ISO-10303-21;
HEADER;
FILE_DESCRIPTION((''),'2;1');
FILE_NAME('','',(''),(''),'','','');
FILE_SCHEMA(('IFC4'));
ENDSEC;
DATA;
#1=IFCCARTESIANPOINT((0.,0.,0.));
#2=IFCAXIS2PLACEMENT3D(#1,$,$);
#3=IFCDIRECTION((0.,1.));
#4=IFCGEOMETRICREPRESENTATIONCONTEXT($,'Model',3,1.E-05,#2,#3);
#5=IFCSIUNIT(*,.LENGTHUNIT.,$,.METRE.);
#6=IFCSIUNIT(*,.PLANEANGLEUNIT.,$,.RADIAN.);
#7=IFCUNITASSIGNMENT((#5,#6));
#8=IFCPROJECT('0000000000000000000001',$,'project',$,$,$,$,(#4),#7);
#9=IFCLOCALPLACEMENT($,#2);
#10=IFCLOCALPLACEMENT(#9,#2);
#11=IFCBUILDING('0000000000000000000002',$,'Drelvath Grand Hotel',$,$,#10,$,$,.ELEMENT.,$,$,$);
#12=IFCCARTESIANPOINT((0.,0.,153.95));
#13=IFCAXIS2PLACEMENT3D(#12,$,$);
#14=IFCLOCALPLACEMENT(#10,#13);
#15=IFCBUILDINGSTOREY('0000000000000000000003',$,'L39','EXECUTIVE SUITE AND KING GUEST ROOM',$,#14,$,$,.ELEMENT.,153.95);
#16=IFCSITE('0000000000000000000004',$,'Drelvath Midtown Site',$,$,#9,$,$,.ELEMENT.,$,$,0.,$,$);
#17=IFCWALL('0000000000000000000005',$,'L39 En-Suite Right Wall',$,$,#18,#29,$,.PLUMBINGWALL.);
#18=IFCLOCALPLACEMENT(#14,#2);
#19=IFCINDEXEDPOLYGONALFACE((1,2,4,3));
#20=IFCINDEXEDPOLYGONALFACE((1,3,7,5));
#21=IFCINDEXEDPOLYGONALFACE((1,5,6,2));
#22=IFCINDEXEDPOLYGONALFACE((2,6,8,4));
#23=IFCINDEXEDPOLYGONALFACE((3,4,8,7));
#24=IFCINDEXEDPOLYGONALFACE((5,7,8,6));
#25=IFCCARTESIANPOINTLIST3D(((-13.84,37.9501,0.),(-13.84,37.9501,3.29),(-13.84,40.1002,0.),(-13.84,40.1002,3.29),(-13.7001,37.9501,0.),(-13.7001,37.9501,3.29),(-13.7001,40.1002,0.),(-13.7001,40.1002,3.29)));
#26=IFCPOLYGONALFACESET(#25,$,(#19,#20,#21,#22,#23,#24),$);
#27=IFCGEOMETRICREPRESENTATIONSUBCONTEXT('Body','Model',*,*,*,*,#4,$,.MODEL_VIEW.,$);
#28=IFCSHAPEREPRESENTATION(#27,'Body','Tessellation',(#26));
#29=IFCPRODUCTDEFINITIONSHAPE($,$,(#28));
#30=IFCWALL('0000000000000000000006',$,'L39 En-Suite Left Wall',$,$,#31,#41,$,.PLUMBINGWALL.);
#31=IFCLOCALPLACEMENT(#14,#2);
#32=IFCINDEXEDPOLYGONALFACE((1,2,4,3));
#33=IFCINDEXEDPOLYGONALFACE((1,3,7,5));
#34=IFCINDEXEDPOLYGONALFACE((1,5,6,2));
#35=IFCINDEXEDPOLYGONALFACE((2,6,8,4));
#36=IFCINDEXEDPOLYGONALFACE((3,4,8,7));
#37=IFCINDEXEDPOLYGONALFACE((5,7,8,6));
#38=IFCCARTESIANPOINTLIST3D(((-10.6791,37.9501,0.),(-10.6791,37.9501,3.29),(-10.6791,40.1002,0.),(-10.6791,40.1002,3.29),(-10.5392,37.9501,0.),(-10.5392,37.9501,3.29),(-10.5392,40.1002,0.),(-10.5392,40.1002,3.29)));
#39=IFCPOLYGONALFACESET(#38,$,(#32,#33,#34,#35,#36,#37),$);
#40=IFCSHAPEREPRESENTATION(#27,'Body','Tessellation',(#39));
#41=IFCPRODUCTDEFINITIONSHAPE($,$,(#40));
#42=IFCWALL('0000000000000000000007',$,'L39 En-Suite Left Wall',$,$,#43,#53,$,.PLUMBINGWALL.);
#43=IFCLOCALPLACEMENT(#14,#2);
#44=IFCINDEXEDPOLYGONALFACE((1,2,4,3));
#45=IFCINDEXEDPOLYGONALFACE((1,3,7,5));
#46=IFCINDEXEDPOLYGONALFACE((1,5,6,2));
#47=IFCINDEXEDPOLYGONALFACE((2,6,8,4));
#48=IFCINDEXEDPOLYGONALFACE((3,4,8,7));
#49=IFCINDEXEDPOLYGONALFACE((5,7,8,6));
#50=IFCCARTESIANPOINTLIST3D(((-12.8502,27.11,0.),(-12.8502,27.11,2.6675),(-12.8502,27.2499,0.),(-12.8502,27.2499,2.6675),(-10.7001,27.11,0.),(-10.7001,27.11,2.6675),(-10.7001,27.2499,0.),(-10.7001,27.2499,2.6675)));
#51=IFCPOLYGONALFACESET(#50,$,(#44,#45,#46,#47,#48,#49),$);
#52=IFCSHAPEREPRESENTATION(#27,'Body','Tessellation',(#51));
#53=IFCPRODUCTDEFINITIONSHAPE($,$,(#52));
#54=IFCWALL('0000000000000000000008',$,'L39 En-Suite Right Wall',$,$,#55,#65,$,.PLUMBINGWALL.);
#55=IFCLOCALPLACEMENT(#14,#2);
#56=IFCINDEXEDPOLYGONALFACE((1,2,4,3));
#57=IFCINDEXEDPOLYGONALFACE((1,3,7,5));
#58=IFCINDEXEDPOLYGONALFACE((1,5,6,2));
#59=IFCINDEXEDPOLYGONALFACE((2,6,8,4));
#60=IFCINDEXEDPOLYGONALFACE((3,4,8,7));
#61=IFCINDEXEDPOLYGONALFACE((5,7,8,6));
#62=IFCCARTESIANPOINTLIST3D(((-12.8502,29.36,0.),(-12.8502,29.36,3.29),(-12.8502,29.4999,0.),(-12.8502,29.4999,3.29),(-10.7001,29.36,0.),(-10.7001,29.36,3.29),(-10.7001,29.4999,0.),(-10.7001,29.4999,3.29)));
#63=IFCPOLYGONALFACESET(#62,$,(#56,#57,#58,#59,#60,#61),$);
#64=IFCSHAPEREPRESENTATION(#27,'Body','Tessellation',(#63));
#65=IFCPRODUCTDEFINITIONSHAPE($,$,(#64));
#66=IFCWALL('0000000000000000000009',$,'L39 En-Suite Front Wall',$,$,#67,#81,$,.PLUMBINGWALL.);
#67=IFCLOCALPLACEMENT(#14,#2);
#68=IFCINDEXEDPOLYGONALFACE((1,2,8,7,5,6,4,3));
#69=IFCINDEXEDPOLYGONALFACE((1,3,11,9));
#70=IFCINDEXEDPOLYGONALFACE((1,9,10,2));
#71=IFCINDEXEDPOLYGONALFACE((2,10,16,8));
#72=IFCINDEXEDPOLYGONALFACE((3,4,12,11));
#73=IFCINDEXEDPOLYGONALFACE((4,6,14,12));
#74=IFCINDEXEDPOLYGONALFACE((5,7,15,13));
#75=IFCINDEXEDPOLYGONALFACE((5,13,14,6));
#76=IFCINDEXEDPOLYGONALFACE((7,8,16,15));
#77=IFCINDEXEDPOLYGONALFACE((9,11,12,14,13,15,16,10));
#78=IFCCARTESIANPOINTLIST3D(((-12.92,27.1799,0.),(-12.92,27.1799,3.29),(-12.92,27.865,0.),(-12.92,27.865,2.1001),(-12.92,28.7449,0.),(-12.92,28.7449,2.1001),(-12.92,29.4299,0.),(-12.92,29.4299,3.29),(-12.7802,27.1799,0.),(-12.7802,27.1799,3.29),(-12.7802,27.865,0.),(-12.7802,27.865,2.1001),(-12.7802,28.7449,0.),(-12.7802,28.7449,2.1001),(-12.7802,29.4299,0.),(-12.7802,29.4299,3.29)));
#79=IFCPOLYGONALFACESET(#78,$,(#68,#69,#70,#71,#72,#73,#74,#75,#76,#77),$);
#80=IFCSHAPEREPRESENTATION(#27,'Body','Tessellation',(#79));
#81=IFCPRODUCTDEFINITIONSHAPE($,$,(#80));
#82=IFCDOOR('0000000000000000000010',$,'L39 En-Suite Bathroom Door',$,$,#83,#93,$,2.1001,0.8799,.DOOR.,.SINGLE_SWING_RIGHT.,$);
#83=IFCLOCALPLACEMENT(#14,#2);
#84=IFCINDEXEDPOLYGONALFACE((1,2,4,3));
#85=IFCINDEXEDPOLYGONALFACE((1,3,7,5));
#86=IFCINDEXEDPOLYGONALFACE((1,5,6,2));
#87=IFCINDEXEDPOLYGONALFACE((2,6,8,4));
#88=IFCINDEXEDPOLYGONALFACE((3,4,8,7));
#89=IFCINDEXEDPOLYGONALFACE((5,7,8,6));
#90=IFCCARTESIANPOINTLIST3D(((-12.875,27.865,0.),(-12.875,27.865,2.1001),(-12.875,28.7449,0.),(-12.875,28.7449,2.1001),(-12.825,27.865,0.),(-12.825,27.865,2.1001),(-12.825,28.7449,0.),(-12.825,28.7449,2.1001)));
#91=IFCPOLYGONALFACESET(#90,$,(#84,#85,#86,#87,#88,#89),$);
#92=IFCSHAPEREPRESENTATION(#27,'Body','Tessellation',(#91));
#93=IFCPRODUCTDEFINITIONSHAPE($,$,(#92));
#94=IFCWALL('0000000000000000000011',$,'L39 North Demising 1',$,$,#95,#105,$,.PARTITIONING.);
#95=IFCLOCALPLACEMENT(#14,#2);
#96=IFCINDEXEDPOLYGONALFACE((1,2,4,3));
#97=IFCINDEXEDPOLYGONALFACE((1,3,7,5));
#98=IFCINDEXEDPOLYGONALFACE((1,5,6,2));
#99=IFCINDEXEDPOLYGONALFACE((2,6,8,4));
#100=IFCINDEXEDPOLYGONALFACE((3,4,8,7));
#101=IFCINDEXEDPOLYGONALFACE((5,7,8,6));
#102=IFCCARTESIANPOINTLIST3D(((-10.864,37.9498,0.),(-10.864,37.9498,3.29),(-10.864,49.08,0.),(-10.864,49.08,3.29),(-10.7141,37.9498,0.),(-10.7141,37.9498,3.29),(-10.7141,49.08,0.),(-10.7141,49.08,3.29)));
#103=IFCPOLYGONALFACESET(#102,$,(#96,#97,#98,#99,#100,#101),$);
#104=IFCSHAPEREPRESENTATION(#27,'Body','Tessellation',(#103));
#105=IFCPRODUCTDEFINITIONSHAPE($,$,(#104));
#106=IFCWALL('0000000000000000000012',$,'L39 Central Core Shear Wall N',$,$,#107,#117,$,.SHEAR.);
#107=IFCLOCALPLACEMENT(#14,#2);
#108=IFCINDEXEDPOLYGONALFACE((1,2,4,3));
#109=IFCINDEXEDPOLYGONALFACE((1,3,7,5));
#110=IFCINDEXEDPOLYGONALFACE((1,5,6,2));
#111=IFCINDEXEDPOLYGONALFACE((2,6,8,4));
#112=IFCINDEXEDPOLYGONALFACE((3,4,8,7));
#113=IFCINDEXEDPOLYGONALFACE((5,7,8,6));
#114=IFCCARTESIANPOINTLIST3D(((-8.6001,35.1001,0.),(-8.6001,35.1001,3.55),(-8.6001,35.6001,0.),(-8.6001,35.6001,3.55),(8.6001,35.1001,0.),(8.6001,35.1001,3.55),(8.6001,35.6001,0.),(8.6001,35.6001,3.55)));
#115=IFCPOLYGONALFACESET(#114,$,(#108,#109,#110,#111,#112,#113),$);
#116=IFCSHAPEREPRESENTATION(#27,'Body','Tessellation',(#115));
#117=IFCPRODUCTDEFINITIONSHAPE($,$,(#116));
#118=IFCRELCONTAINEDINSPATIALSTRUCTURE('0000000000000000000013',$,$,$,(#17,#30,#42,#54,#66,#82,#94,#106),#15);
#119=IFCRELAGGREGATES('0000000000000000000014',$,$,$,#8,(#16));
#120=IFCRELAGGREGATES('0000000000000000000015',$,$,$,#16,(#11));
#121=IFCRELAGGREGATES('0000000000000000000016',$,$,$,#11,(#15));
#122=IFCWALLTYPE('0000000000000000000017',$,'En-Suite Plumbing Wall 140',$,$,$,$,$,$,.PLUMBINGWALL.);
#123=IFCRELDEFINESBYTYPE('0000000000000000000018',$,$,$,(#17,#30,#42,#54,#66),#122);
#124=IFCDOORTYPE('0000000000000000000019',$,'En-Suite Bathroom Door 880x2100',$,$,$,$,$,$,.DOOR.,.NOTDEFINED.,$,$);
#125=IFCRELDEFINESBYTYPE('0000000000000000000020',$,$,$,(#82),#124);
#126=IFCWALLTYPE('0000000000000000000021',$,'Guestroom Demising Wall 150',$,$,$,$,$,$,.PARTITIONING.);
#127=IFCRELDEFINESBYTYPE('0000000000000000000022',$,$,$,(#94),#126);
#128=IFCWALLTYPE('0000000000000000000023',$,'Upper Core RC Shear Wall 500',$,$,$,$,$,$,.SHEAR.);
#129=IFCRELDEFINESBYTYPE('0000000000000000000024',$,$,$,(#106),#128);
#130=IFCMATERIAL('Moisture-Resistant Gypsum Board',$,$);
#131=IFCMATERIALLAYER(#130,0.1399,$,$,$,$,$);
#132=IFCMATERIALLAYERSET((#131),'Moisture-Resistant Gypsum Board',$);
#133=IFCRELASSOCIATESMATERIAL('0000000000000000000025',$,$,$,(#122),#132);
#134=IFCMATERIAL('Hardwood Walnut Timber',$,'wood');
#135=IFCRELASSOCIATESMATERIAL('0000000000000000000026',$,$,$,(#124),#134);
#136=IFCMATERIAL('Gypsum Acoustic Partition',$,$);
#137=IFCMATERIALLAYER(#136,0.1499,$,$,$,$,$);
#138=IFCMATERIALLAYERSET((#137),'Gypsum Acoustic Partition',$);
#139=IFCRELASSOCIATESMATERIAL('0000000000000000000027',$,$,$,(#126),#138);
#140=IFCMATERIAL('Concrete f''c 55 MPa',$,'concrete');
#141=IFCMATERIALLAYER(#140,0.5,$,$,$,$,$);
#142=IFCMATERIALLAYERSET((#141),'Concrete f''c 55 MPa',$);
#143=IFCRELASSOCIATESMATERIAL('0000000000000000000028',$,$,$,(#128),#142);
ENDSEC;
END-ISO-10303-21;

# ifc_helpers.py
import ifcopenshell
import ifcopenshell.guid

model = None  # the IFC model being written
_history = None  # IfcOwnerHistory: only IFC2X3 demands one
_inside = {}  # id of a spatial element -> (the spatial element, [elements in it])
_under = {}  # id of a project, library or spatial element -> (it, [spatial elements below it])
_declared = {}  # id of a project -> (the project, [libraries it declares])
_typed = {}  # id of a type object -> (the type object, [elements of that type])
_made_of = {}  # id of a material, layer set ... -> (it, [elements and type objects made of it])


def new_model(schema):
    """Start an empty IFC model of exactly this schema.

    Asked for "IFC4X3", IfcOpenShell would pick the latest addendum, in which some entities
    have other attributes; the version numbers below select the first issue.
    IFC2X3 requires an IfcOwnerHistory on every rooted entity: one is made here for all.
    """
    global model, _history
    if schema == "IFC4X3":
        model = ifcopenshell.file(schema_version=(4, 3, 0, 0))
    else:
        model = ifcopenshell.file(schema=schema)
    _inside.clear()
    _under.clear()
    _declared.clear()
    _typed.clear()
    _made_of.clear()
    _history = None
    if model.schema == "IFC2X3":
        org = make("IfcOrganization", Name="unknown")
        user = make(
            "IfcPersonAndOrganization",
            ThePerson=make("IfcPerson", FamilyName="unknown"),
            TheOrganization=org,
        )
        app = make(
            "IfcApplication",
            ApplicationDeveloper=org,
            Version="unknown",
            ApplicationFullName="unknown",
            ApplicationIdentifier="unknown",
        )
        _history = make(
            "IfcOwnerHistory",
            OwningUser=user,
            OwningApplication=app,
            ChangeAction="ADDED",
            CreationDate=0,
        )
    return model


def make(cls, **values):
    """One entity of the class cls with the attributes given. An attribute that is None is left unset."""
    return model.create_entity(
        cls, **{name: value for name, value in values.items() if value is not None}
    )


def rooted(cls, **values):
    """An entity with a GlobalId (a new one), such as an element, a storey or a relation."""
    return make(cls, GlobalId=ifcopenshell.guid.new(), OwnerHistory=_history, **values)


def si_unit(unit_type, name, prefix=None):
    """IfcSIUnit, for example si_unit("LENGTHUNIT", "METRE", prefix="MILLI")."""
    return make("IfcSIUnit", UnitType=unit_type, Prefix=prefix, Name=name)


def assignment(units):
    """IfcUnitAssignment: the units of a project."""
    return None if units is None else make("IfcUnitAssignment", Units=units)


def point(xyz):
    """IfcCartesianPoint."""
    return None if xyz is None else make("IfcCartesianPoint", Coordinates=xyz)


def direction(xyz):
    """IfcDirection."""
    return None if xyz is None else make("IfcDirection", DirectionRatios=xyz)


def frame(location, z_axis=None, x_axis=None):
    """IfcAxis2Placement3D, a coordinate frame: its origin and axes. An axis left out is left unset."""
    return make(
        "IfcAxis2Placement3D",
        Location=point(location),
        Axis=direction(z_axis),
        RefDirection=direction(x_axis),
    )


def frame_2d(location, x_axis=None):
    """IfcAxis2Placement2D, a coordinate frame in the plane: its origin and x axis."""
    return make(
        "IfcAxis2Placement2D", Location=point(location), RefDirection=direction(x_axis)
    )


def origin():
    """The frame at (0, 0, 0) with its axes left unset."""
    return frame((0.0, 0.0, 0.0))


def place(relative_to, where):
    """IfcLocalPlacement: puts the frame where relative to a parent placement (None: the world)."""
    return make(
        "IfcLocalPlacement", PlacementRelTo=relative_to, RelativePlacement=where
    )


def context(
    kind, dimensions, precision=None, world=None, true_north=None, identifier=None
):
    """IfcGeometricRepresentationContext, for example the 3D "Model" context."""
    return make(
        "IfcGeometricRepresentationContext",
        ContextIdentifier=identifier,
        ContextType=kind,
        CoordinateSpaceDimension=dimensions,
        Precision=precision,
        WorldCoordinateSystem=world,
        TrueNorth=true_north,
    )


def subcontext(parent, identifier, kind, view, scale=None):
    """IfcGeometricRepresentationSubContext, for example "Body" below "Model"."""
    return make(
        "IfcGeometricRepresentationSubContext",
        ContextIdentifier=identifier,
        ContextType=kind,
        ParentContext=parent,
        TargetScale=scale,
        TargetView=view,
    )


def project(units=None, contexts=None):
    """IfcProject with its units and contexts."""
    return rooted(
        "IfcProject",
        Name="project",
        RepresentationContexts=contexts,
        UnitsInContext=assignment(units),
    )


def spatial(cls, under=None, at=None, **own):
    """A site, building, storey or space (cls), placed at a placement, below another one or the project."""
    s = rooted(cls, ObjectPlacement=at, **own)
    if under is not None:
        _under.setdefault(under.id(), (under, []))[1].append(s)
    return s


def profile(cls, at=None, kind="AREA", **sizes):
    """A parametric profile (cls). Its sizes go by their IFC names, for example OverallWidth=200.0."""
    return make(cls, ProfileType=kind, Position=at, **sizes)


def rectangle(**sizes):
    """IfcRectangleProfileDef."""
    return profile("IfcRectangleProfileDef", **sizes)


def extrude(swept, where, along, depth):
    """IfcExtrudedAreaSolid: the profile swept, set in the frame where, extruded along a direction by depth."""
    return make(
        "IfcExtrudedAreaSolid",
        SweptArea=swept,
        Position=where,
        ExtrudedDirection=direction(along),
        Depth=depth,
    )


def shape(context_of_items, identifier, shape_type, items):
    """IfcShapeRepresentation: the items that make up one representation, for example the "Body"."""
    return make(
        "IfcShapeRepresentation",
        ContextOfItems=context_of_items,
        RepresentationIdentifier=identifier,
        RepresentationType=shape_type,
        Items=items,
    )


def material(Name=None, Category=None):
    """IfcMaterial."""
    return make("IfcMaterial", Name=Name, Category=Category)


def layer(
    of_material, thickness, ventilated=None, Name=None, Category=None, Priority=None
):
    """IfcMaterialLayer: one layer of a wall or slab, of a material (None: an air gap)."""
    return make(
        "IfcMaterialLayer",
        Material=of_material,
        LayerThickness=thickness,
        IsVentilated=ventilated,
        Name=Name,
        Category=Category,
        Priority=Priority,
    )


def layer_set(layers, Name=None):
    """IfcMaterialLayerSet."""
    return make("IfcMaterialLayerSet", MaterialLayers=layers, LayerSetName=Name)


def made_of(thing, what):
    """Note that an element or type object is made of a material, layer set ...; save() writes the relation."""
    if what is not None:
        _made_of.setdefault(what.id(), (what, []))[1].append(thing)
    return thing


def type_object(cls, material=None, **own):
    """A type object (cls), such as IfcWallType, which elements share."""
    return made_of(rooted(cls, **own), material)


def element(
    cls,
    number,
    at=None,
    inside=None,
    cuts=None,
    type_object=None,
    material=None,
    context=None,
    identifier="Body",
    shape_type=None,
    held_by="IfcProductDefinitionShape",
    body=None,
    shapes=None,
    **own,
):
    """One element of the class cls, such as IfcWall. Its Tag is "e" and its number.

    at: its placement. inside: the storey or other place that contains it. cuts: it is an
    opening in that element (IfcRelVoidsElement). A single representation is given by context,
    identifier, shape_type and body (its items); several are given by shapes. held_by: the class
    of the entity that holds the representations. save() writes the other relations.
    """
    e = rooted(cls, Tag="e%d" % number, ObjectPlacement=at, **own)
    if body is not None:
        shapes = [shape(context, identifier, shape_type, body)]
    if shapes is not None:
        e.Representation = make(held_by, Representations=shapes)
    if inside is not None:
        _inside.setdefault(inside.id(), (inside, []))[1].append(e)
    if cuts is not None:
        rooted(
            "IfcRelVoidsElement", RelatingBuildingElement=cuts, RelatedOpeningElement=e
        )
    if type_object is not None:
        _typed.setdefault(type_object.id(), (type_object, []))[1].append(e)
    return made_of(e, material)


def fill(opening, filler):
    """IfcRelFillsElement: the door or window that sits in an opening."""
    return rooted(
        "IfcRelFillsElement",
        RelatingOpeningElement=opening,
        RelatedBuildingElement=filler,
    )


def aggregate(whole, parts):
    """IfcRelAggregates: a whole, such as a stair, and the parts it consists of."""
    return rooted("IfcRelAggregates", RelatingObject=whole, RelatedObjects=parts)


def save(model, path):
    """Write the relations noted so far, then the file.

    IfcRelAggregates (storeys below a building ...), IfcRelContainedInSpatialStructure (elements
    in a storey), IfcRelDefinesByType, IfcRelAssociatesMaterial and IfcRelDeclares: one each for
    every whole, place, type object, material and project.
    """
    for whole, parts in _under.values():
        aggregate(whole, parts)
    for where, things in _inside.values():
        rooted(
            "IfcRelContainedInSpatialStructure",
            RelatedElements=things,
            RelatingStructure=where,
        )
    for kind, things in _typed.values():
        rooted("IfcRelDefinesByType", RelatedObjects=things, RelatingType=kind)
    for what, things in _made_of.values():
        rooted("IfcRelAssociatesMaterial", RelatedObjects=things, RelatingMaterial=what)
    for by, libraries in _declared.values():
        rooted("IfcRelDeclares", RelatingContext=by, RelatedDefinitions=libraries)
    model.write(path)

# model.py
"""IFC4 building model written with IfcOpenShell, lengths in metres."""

from ifc_helpers import new_model, si_unit, direction, frame, frame_2d, origin, place, context, subcontext, project, spatial, rectangle, extrude, material, layer, layer_set, type_object, element, fill, save


model = new_model("IFC4")

# Units and contexts
model_context = context("Model", 3, precision=1e-05, world=origin(), true_north=direction((0.0, 1.0)))
body_context = subcontext(model_context, "Body", "Model", "MODEL_VIEW")
ifc_project = project(units=[si_unit("LENGTHUNIT", "METRE"), si_unit("PLANEANGLEUNIT", "RADIAN")], contexts=[model_context])

# Site, building, storey
site_placement = place(None, origin())
site = spatial("IfcSite", under=ifc_project, at=site_placement, Name="Drelvath Midtown Site", CompositionType="ELEMENT", RefElevation=0.0)
building_placement = place(site_placement, origin())
building = spatial("IfcBuilding", under=site, at=building_placement, Name="Drelvath Grand Hotel", CompositionType="ELEMENT")
storey_placement = place(building_placement, frame((0.0, 0.0, 153.95)))
storey = spatial("IfcBuildingStorey", under=building, at=storey_placement, Name="L39", Description="EXECUTIVE SUITE AND KING GUEST ROOM", CompositionType="ELEMENT", Elevation=153.95)

# Walls
ifc_material_1 = material(Name="Moisture-Resistant Gypsum Board")
ifc_layer_1 = layer(ifc_material_1, 0.1399)
ifc_layer_set_1 = layer_set([ifc_layer_1], Name="Moisture-Resistant Gypsum Board")
wall_type_1 = type_object("IfcWallType", Name="En-Suite Plumbing Wall 140", PredefinedType="PLUMBINGWALL", material=ifc_layer_set_1)
for number, where, z_axis, x_axis, name in (
    (1, (-13.77, 37.95, 0.0), (0.0, 0.0, 1.0), (0.0, 1.0, 0.0), "L39 En-Suite Right Wall"),
    (2, (-10.6091, 37.95, 0.0), (0.0, 0.0, 1.0), (0.0, 1.0, 0.0), "L39 En-Suite Left Wall"),
):
    element("IfcWall", number, at=place(storey_placement, frame(where, z_axis=z_axis, x_axis=x_axis)), inside=storey, type_object=wall_type_1, Name=name, PredefinedType="PLUMBINGWALL", context=body_context, shape_type="SweptSolid", body=[
        extrude(rectangle(XDim=2.1501, YDim=0.1399, at=frame_2d((1.0752, 0.0))), origin(), (0.0, 0.0, 1.0), 3.29),
    ])
wall_1_placement = place(storey_placement, frame((-10.7, 27.1799, 0.0), z_axis=(0.0, 0.0, 1.0), x_axis=(-1.0, 0.0, 0.0)))
element("IfcWall", 3, at=wall_1_placement, inside=storey, type_object=wall_type_1, Name="L39 En-Suite Left Wall", PredefinedType="PLUMBINGWALL", context=body_context, shape_type="SweptSolid", body=[
    extrude(rectangle(XDim=2.1501, YDim=0.1399, at=frame_2d((1.0752, 0.0))), origin(), (0.0, 0.0, 1.0), 2.6675),
])
wall_2_placement = place(storey_placement, frame((-10.7, 29.4299, 0.0), z_axis=(0.0, 0.0, 1.0), x_axis=(-1.0, 0.0, 0.0)))
element("IfcWall", 4, at=wall_2_placement, inside=storey, type_object=wall_type_1, Name="L39 En-Suite Right Wall", PredefinedType="PLUMBINGWALL", context=body_context, shape_type="SweptSolid", body=[
    extrude(rectangle(XDim=2.1501, YDim=0.1399, at=frame_2d((1.0752, 0.0))), origin(), (0.0, 0.0, 1.0), 3.29),
])

# Wall, opening, door
wall_3_placement = place(storey_placement, frame((-12.8501, 27.1799, 0.0), z_axis=(0.0, 0.0, 1.0), x_axis=(0.0, 1.0, 0.0)))
wall_3 = element("IfcWall", 5, at=wall_3_placement, inside=storey, type_object=wall_type_1, Name="L39 En-Suite Front Wall", PredefinedType="PLUMBINGWALL", context=body_context, shape_type="SweptSolid", body=[
    extrude(rectangle(XDim=2.25, YDim=0.1399, at=frame_2d((1.125, 0.0))), origin(), (0.0, 0.0, 1.0), 3.29),
])
opening_1_placement = place(wall_3_placement, frame((0.6851, 0.0, 0.0)))
opening_1 = element("IfcOpeningElement", 6, at=opening_1_placement, cuts=wall_3, PredefinedType="OPENING", context=body_context, shape_type="SweptSolid", body=[
    extrude(rectangle(XDim=0.8799, YDim=2.1001, at=frame_2d((0.4399, 1.05))), frame((0.0, 0.0798, 0.0), z_axis=(0.0, -1.0, 0.0), x_axis=(1.0, 0.0, 0.0)), (0.0, 0.0, 1.0), 0.1599),
])
ifc_material_2 = material(Name="Hardwood Walnut Timber", Category="wood")
door_type_1 = type_object("IfcDoorType", Name="En-Suite Bathroom Door 880x2100", OperationType="NOTDEFINED", PredefinedType="DOOR", material=ifc_material_2)
door_1_placement = place(opening_1_placement, origin())
door_1 = element("IfcDoor", 7, at=door_1_placement, inside=storey, type_object=door_type_1, Name="L39 En-Suite Bathroom Door", OperationType="SINGLE_SWING_RIGHT", OverallHeight=2.1001, OverallWidth=0.8799, PredefinedType="DOOR", context=body_context, shape_type="SweptSolid", body=[
    extrude(rectangle(XDim=0.8799, YDim=2.1001, at=frame_2d((0.4399, 1.05))), frame((0.0, 0.0249, 0.0), z_axis=(0.0, -1.0, 0.0), x_axis=(1.0, 0.0, 0.0)), (0.0, 0.0, 1.0), 0.05),
])
fill(opening_1, door_1)

# Walls
ifc_material_3 = material(Name="Gypsum Acoustic Partition")
ifc_layer_2 = layer(ifc_material_3, 0.1499)
ifc_layer_set_2 = layer_set([ifc_layer_2], Name="Gypsum Acoustic Partition")
wall_type_2 = type_object("IfcWallType", Name="Guestroom Demising Wall 150", PredefinedType="PARTITIONING", material=ifc_layer_set_2)
wall_4_placement = place(storey_placement, frame((-10.7891, 37.95, 0.0), z_axis=(0.0, 0.0, 1.0), x_axis=(0.0, 1.0, 0.0)))
element("IfcWall", 8, at=wall_4_placement, inside=storey, type_object=wall_type_2, Name="L39 North Demising 1", PredefinedType="PARTITIONING", context=body_context, shape_type="SweptSolid", body=[
    extrude(rectangle(XDim=11.1301, YDim=0.1499, at=frame_2d((5.5649, 0.0))), origin(), (0.0, 0.0, 1.0), 3.29),
])
ifc_material_4 = material(Name="Concrete f'c 55 MPa", Category="concrete")
ifc_layer_3 = layer(ifc_material_4, 0.5)
ifc_layer_set_3 = layer_set([ifc_layer_3], Name="Concrete f'c 55 MPa")
wall_type_3 = type_object("IfcWallType", Name="Upper Core RC Shear Wall 500", PredefinedType="SHEAR", material=ifc_layer_set_3)
wall_5_placement = place(storey_placement, frame((-8.6001, 35.3501, 0.0), z_axis=(0.0, 0.0, 1.0), x_axis=(1.0, 0.0, 0.0)))
element("IfcWall", 9, at=wall_5_placement, inside=storey, type_object=wall_type_3, Name="L39 Central Core Shear Wall N", PredefinedType="SHEAR", context=body_context, shape_type="SweptSolid", body=[
    extrude(rectangle(XDim=17.2002, YDim=0.5, at=frame_2d((8.6001, 0.0))), origin(), (0.0, 0.0, 1.0), 3.55),
])

save(model, "model.ifc")
